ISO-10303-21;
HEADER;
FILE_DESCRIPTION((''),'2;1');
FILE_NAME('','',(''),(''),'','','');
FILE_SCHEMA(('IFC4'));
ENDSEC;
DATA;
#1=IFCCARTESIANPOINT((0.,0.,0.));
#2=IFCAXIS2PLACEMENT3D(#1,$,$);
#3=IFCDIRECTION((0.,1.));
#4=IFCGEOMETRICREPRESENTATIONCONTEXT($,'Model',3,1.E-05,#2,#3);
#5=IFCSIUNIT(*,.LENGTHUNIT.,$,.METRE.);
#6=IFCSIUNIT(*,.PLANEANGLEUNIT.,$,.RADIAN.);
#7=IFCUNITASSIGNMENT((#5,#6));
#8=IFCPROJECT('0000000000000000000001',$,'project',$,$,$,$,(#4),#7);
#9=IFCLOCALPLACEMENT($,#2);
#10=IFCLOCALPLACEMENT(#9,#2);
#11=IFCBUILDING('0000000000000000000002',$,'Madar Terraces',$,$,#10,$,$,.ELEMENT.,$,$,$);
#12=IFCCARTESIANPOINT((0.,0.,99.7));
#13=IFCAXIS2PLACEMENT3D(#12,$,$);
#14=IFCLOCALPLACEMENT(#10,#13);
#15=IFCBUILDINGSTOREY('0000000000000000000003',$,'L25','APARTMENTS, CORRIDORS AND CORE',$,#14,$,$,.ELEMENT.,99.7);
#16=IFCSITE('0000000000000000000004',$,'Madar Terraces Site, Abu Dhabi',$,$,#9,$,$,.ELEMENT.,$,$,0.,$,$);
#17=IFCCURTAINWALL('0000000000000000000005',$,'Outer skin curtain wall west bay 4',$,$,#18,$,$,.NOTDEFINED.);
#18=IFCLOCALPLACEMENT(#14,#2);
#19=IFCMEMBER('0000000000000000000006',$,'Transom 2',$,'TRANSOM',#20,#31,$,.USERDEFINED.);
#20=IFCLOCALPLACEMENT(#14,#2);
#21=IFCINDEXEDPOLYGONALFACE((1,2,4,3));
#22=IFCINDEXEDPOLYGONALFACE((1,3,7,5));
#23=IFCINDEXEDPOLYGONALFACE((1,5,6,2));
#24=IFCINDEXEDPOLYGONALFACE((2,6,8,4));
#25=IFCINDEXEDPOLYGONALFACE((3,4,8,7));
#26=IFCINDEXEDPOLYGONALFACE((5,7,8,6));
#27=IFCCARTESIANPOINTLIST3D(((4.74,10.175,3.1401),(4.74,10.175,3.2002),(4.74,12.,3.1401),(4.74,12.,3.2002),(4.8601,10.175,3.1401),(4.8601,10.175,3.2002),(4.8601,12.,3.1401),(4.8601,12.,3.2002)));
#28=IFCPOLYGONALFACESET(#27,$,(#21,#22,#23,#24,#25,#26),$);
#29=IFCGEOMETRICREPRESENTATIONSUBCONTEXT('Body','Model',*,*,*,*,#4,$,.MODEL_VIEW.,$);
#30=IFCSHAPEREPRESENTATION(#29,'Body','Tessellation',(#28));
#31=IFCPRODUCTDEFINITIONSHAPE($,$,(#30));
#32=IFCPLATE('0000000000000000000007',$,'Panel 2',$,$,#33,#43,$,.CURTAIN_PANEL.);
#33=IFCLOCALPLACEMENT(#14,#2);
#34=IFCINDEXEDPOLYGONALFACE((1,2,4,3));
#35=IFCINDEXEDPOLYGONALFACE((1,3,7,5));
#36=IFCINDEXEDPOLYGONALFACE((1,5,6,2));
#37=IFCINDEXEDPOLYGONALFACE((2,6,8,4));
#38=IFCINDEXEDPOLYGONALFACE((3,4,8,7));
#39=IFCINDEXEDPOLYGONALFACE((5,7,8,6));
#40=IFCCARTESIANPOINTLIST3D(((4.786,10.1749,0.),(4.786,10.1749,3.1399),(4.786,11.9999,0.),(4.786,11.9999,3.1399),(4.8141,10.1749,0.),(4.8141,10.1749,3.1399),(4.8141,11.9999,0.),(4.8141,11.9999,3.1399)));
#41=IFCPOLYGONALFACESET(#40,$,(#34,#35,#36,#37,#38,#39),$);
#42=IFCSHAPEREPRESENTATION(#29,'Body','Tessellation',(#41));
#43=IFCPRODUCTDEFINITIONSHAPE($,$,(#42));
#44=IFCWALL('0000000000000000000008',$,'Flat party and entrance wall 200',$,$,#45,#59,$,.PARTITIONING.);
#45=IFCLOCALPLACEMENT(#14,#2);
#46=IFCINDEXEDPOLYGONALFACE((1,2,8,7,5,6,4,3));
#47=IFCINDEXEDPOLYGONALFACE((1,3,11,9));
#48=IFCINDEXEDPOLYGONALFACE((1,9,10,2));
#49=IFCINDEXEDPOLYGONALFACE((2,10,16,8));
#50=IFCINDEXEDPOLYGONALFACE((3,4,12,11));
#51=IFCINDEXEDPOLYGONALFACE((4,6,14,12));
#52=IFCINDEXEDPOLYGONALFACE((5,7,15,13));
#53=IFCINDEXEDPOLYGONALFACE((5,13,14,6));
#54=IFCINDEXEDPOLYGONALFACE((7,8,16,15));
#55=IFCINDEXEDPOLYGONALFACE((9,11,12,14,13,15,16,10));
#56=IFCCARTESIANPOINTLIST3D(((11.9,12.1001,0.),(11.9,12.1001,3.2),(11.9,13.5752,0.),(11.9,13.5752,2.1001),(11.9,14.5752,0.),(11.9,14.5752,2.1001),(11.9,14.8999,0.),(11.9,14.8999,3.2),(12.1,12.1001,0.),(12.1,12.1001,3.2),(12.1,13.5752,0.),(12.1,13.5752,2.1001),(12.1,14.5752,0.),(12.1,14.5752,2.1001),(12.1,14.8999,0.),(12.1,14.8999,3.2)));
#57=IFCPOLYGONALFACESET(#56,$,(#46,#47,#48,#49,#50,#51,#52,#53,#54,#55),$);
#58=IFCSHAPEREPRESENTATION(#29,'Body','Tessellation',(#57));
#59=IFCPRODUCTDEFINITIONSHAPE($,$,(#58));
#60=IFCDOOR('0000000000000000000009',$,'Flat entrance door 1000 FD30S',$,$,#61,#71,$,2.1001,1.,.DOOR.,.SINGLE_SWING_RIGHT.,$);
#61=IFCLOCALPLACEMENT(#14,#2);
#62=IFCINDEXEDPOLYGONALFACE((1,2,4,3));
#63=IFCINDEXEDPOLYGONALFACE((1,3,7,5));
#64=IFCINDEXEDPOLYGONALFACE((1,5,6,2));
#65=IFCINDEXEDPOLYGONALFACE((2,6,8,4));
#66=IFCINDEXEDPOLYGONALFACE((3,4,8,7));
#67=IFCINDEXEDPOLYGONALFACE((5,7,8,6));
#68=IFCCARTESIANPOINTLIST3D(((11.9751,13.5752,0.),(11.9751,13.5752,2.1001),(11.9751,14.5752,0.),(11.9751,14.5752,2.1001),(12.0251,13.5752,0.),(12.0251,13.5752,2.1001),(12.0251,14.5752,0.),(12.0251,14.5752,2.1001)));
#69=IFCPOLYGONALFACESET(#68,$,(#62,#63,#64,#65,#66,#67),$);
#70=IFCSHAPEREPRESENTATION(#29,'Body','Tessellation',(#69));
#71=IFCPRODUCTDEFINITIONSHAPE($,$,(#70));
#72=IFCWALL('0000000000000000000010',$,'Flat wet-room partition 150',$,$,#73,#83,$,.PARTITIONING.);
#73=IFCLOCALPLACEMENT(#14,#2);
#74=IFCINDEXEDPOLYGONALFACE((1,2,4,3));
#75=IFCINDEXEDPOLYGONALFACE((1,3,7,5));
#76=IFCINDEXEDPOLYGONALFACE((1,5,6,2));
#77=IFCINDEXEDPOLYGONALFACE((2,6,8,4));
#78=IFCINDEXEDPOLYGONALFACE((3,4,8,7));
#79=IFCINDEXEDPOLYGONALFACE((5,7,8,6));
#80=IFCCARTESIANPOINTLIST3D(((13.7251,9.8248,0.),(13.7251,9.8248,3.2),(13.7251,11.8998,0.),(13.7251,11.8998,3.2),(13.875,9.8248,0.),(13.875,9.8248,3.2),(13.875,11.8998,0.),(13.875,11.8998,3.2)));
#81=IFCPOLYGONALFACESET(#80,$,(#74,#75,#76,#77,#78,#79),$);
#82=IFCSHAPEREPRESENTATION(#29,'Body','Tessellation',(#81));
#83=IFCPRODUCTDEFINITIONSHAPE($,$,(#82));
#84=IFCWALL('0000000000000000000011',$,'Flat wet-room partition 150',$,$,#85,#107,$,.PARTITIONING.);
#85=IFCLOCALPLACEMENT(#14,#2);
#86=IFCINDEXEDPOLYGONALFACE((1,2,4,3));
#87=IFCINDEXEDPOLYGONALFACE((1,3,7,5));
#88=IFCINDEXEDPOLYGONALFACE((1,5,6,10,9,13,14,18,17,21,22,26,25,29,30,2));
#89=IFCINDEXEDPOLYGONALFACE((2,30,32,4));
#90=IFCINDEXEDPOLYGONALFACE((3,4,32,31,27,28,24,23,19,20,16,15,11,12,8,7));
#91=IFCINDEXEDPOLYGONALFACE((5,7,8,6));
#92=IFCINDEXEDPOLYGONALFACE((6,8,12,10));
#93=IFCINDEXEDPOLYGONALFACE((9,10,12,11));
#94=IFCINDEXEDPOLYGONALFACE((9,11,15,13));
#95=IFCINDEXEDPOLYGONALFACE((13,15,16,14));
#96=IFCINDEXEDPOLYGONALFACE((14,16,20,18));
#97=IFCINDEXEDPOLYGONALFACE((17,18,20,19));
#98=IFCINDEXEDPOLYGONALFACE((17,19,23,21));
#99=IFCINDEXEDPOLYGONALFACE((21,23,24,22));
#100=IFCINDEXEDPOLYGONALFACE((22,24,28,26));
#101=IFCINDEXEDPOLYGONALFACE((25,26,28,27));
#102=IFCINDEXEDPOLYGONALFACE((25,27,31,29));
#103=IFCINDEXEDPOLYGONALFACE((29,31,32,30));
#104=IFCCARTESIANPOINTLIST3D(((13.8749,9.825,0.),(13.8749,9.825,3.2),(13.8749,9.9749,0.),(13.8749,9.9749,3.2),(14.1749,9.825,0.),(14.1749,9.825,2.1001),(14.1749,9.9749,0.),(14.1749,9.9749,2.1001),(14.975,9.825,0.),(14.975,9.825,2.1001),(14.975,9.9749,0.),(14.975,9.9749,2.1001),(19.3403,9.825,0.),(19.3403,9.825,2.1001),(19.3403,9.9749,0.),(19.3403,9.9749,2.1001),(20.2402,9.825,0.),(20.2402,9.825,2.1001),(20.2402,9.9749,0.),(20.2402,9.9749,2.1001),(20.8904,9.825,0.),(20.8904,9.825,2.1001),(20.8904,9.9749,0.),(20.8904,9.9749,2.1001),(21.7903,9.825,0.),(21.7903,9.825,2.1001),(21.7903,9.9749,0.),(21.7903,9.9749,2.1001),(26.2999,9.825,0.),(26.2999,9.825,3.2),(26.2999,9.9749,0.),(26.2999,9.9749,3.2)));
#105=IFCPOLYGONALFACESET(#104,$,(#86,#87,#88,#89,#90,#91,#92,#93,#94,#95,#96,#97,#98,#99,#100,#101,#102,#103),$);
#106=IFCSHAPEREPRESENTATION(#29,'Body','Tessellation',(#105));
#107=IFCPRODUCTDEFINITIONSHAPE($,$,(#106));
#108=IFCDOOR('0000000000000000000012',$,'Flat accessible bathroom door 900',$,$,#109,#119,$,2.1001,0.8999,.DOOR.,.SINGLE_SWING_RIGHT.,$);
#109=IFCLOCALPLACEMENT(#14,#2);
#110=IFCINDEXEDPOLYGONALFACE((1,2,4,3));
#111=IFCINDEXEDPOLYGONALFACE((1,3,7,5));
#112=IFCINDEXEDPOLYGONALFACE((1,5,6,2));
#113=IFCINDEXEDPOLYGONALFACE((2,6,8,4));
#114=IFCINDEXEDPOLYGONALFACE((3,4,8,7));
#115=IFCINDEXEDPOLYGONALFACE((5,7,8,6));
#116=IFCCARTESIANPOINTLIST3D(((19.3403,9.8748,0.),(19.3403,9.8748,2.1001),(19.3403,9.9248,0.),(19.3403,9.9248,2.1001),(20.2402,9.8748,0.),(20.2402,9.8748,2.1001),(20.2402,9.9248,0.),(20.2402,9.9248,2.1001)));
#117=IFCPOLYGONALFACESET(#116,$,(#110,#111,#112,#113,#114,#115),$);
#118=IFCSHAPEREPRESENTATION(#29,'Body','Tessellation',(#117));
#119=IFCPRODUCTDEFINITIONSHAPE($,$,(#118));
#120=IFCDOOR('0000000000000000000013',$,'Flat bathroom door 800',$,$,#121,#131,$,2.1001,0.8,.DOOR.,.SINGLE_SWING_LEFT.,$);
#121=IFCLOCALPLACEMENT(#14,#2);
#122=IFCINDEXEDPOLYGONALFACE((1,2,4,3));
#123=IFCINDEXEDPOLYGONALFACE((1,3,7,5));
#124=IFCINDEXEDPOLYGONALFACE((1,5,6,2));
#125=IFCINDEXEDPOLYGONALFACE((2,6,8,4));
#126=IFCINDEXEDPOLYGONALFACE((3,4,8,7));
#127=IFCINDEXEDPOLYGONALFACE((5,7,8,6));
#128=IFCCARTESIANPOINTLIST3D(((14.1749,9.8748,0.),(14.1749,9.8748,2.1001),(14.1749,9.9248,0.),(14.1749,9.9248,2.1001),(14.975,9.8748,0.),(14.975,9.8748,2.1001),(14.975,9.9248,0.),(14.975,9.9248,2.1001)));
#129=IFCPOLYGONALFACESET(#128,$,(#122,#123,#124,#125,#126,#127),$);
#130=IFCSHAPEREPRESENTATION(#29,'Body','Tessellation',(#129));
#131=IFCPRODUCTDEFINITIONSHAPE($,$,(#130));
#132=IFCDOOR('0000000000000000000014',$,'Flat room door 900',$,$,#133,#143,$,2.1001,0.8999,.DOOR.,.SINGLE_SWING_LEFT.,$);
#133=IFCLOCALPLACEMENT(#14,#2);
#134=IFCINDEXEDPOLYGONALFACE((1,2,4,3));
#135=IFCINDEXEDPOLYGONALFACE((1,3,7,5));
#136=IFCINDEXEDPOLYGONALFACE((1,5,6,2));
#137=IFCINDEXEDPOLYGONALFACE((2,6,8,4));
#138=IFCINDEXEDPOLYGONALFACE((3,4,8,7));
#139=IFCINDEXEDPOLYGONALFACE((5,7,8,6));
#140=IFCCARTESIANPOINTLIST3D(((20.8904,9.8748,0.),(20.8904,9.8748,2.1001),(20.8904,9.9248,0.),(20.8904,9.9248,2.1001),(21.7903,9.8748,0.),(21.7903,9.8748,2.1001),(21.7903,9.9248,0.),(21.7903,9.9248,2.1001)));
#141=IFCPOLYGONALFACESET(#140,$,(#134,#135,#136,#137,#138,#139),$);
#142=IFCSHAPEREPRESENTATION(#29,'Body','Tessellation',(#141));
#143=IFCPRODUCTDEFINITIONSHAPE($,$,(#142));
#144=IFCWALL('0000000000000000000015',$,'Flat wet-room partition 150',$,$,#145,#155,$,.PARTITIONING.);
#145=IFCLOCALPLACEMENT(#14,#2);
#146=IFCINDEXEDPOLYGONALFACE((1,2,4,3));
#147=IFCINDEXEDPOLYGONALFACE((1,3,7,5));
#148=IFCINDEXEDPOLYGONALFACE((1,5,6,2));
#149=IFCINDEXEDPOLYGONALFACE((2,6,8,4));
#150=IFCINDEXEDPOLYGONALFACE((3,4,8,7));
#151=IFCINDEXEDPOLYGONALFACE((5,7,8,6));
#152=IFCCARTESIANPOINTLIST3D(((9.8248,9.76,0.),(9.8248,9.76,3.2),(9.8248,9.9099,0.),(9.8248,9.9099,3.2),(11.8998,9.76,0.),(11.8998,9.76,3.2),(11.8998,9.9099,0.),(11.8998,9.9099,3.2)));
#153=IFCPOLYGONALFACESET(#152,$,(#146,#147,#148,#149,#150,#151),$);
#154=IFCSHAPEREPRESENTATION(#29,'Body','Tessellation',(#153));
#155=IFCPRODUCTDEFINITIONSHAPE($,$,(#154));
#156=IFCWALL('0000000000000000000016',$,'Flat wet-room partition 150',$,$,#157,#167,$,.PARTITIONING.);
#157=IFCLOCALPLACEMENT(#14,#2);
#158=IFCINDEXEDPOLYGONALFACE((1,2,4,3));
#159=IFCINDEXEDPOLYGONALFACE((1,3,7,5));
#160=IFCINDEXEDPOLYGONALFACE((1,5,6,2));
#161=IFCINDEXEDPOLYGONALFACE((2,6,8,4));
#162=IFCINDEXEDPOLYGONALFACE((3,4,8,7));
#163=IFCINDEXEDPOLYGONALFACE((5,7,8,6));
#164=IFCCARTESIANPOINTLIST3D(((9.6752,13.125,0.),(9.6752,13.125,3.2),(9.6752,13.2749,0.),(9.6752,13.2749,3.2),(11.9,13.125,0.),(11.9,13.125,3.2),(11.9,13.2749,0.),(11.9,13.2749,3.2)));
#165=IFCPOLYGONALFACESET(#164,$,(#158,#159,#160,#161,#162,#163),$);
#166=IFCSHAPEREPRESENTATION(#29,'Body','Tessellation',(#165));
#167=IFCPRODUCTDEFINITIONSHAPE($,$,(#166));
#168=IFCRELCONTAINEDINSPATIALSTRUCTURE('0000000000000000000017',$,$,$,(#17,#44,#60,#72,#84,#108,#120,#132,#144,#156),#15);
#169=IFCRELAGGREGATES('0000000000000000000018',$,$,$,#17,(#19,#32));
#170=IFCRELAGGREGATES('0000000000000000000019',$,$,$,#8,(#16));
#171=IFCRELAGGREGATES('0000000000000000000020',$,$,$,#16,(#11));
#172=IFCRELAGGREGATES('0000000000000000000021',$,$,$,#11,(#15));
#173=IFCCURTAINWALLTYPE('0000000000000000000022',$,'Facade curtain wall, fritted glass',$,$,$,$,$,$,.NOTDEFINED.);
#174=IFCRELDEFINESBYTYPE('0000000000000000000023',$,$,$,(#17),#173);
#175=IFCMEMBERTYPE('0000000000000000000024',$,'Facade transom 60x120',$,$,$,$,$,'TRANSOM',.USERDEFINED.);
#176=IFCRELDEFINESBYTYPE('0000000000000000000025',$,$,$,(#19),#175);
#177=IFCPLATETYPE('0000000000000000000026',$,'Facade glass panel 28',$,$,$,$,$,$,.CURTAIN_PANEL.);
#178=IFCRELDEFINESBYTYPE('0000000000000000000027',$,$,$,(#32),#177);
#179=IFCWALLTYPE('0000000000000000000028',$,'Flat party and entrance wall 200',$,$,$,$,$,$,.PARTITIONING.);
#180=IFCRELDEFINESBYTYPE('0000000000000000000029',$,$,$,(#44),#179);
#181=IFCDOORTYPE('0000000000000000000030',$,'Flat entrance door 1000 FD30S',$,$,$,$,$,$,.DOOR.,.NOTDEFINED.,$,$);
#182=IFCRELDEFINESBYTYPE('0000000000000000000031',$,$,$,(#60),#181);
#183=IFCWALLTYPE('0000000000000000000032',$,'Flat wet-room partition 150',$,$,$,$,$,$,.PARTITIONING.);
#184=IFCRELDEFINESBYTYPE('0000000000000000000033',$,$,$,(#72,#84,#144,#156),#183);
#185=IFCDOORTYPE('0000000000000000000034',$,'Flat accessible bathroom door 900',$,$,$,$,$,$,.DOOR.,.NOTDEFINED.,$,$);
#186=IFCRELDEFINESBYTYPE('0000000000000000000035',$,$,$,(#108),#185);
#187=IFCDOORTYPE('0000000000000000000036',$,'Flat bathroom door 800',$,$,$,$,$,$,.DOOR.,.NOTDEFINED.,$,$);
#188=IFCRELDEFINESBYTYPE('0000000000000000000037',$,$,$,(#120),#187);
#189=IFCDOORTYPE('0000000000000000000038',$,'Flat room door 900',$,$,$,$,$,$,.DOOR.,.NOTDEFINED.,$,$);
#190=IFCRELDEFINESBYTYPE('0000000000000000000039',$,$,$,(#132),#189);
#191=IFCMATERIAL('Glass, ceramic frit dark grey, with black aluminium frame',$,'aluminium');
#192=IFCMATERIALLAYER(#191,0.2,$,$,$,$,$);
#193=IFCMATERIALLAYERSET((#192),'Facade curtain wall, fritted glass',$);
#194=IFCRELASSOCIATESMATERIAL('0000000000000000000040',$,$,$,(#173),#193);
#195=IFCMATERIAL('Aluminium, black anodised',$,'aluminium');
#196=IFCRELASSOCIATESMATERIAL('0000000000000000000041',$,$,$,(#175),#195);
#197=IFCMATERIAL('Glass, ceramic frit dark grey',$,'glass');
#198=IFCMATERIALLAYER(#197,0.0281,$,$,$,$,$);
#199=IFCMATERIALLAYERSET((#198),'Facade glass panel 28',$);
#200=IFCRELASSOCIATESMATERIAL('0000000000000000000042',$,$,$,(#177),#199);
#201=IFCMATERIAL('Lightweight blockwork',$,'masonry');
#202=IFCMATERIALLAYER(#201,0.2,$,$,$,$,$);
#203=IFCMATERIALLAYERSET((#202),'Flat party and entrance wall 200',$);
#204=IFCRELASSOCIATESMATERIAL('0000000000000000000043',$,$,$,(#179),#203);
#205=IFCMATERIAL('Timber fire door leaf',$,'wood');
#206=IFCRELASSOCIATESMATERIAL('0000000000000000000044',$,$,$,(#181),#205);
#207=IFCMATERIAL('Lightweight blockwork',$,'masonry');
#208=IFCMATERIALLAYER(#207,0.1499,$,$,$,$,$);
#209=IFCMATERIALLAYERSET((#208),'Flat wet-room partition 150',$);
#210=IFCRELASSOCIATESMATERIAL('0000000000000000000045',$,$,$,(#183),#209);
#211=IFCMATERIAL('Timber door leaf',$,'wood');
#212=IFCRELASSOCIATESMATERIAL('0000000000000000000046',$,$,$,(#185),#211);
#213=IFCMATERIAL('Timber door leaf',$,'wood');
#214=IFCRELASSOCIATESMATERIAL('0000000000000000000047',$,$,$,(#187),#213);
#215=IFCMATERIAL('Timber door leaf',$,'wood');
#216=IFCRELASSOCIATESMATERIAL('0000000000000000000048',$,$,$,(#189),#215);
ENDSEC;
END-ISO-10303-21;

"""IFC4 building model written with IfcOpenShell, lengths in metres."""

from ifc_helpers import new_model, si_unit, direction, frame, frame_2d, origin, origin_2d, place, context, subcontext, project, spatial, rectangle, extrude, material, layer, layer_set, material_profile, profile_set, type_object, element, fill, aggregate, save


model = new_model("IFC4")

# Units and contexts
model_context = context("Model", 3, precision=1e-05, world=origin(), true_north=direction((0.0, 1.0)))
body_context = subcontext(model_context, "Body", "Model", "MODEL_VIEW")
ifc_project = project(units=[si_unit("LENGTHUNIT", "METRE"), si_unit("PLANEANGLEUNIT", "RADIAN")], contexts=[model_context])

# Site, building, storey
site_placement = place(None, origin())
site = spatial("IfcSite", under=ifc_project, at=site_placement, Name="Madar Terraces Site, Abu Dhabi", CompositionType="ELEMENT", RefElevation=0.0)
building_placement = place(site_placement, origin())
building = spatial("IfcBuilding", under=site, at=building_placement, Name="Madar Terraces", CompositionType="ELEMENT")
storey_placement = place(building_placement, frame((0.0, 0.0, 99.7)))
storey = spatial("IfcBuildingStorey", under=building, at=storey_placement, Name="L25", Description="APARTMENTS, CORRIDORS AND CORE", CompositionType="ELEMENT", Elevation=99.7)

# Curtain wall, member, plate
ifc_material_1 = material(Name="Glass, ceramic frit dark grey, with black aluminium frame", Category="aluminium")
ifc_layer_1 = layer(ifc_material_1, 0.2)
ifc_layer_set_1 = layer_set([ifc_layer_1], Name="Facade curtain wall, fritted glass")
curtain_wall_type = type_object("IfcCurtainWallType", Name="Facade curtain wall, fritted glass", PredefinedType="NOTDEFINED", material=ifc_layer_set_1)
curtain_wall_placement = place(storey_placement, origin())
curtain_wall = element("IfcCurtainWall", 1, at=curtain_wall_placement, inside=storey, type_object=curtain_wall_type, Name="Outer skin curtain wall west bay 4", PredefinedType="NOTDEFINED")
ifc_material_2 = material(Name="Aluminium, black anodised", Category="aluminium")
ifc_material_profile = material_profile(ifc_material_2, rectangle(XDim=0.1201, YDim=0.0601, at=origin_2d()), Name="Facade transom 60x120")
ifc_profile_set = profile_set([ifc_material_profile], Name="Aluminium, black anodised")
member_type = type_object("IfcMemberType", Name="Facade transom 60x120", ElementType="TRANSOM", PredefinedType="USERDEFINED", material=ifc_profile_set)
member_placement = place(storey_placement, frame((4.8, 12.0, 3.1702), z_axis=(0.0, -1.0, 0.0), x_axis=(1.0, 0.0, 0.0)))
member = element("IfcMember", 2, at=member_placement, type_object=member_type, Name="Transom 2", ObjectType="TRANSOM", PredefinedType="USERDEFINED", context=body_context, shape_type="SweptSolid", body=[
    extrude(rectangle(XDim=0.1201, YDim=0.0601, at=origin_2d()), origin(), (0.0, 0.0, 1.0), 1.825),
])
ifc_material_3 = material(Name="Glass, ceramic frit dark grey", Category="glass")
ifc_layer_2 = layer(ifc_material_3, 0.0281)
ifc_layer_set_2 = layer_set([ifc_layer_2], Name="Facade glass panel 28")
plate_type = type_object("IfcPlateType", Name="Facade glass panel 28", PredefinedType="CURTAIN_PANEL", material=ifc_layer_set_2)
plate_placement = place(storey_placement, frame((4.8, 11.0874, 0.0), z_axis=(0.0, 0.0, 1.0), x_axis=(0.0, -1.0, 0.0)))
plate = element("IfcPlate", 3, at=plate_placement, type_object=plate_type, Name="Panel 2", PredefinedType="CURTAIN_PANEL", context=body_context, shape_type="SweptSolid", body=[
    extrude(rectangle(XDim=1.825, YDim=0.0281, at=origin_2d()), origin(), (0.0, 0.0, 1.0), 3.1399),
])
aggregate(curtain_wall, [member, plate])

# Wall, opening, door
ifc_material_4 = material(Name="Lightweight blockwork", Category="masonry")
ifc_layer_3 = layer(ifc_material_4, 0.2)
ifc_layer_set_3 = layer_set([ifc_layer_3], Name="Flat party and entrance wall 200")
wall_type_1 = type_object("IfcWallType", Name="Flat party and entrance wall 200", PredefinedType="PARTITIONING", material=ifc_layer_set_3)
wall_1_placement = place(storey_placement, frame((12.0, 12.1001, 0.0), z_axis=(0.0, 0.0, 1.0), x_axis=(0.0, 1.0, 0.0)))
wall_1 = element("IfcWall", 4, at=wall_1_placement, inside=storey, type_object=wall_type_1, Name="Flat party and entrance wall 200", PredefinedType="PARTITIONING", context=body_context, shape_type="SweptSolid", body=[
    extrude(rectangle(XDim=2.7998, YDim=0.2, at=frame_2d((1.3999, 0.0))), origin(), (0.0, 0.0, 1.0), 3.2),
])
opening_1_placement = place(wall_1_placement, frame((1.4751, 0.0, 0.0)))
opening_1 = element("IfcOpeningElement", 5, at=opening_1_placement, cuts=wall_1, PredefinedType="OPENING", context=body_context, shape_type="SweptSolid", body=[
    extrude(rectangle(XDim=1.0, YDim=2.1001, at=frame_2d((0.5, 1.05))), frame((0.0, 0.1099, 0.0), z_axis=(0.0, -1.0, 0.0), x_axis=(1.0, 0.0, 0.0)), (0.0, 0.0, 1.0), 0.22),
])
ifc_material_5 = material(Name="Timber fire door leaf", Category="wood")
door_type_1 = type_object("IfcDoorType", Name="Flat entrance door 1000 FD30S", OperationType="NOTDEFINED", PredefinedType="DOOR", material=ifc_material_5)
door_1_placement = place(opening_1_placement, origin())
door_1 = element("IfcDoor", 6, at=door_1_placement, inside=storey, type_object=door_type_1, Name="Flat entrance door 1000 FD30S", OperationType="SINGLE_SWING_RIGHT", OverallHeight=2.1001, OverallWidth=1.0, PredefinedType="DOOR", context=body_context, shape_type="SweptSolid", body=[
    extrude(rectangle(XDim=1.0, YDim=2.1001, at=frame_2d((0.5, 1.05))), frame((0.0, 0.0249, 0.0), z_axis=(0.0, -1.0, 0.0), x_axis=(1.0, 0.0, 0.0)), (0.0, 0.0, 1.0), 0.05),
])
fill(opening_1, door_1)

# Wall
ifc_material_6 = material(Name="Lightweight blockwork", Category="masonry")
ifc_layer_4 = layer(ifc_material_6, 0.1499)
ifc_layer_set_4 = layer_set([ifc_layer_4], Name="Flat wet-room partition 150")
wall_type_2 = type_object("IfcWallType", Name="Flat wet-room partition 150", PredefinedType="PARTITIONING", material=ifc_layer_set_4)
wall_2_placement = place(storey_placement, frame((13.8, 11.8999, 0.0), z_axis=(0.0, 0.0, 1.0), x_axis=(0.0, -1.0, 0.0)))
element("IfcWall", 7, at=wall_2_placement, inside=storey, type_object=wall_type_2, Name="Flat wet-room partition 150", PredefinedType="PARTITIONING", context=body_context, shape_type="SweptSolid", body=[
    extrude(rectangle(XDim=2.075, YDim=0.1499, at=frame_2d((1.0376, 0.0))), origin(), (0.0, 0.0, 1.0), 3.2),
])

# Wall, openings, doors
wall_3_placement = place(storey_placement, frame((13.875, 9.8999, 0.0), z_axis=(0.0, 0.0, 1.0), x_axis=(1.0, 0.0, 0.0)))
wall_3 = element("IfcWall", 8, at=wall_3_placement, inside=storey, type_object=wall_type_2, Name="Flat wet-room partition 150", PredefinedType="PARTITIONING", context=body_context, shape_type="SweptSolid", body=[
    extrude(rectangle(XDim=12.425, YDim=0.1499, at=frame_2d((6.2124, 0.0))), origin(), (0.0, 0.0, 1.0), 3.2),
])
opening_2_placement = place(wall_3_placement, frame((0.3, 0.0, 0.0)))
opening_2 = element("IfcOpeningElement", 9, at=opening_2_placement, cuts=wall_3, PredefinedType="OPENING", context=body_context, shape_type="SweptSolid", body=[
    extrude(rectangle(XDim=0.8, YDim=2.1001, at=frame_2d((0.3999, 1.05))), frame((0.0, 0.085, 0.0), z_axis=(0.0, -1.0, 0.0), x_axis=(1.0, 0.0, 0.0)), (0.0, 0.0, 1.0), 0.1699),
])
opening_3_placement = place(wall_3_placement, frame((5.4653, 0.0, 0.0)))
opening_3 = element("IfcOpeningElement", 10, at=opening_3_placement, cuts=wall_3, PredefinedType="OPENING", context=body_context, shape_type="SweptSolid", body=[
    extrude(rectangle(XDim=0.8999, YDim=2.1001, at=frame_2d((0.45, 1.05))), frame((0.0, 0.085, 0.0), z_axis=(0.0, -1.0, 0.0), x_axis=(1.0, 0.0, 0.0)), (0.0, 0.0, 1.0), 0.1699),
])
opening_4_placement = place(wall_3_placement, frame((7.0154, 0.0, 0.0)))
opening_4 = element("IfcOpeningElement", 11, at=opening_4_placement, cuts=wall_3, PredefinedType="OPENING", context=body_context, shape_type="SweptSolid", body=[
    extrude(rectangle(XDim=0.8999, YDim=2.1001, at=frame_2d((0.45, 1.05))), frame((0.0, 0.085, 0.0), z_axis=(0.0, -1.0, 0.0), x_axis=(1.0, 0.0, 0.0)), (0.0, 0.0, 1.0), 0.1699),
])
ifc_material_7 = material(Name="Timber door leaf", Category="wood")
door_type_2 = type_object("IfcDoorType", Name="Flat accessible bathroom door 900", OperationType="NOTDEFINED", PredefinedType="DOOR", material=ifc_material_7)
door_2_placement = place(opening_3_placement, origin())
door_2 = element("IfcDoor", 12, at=door_2_placement, inside=storey, type_object=door_type_2, Name="Flat accessible bathroom door 900", OperationType="SINGLE_SWING_RIGHT", OverallHeight=2.1001, OverallWidth=0.8999, PredefinedType="DOOR", context=body_context, shape_type="SweptSolid", body=[
    extrude(rectangle(XDim=0.8999, YDim=2.1001, at=frame_2d((0.45, 1.05))), frame((0.0, 0.0249, 0.0), z_axis=(0.0, -1.0, 0.0), x_axis=(1.0, 0.0, 0.0)), (0.0, 0.0, 1.0), 0.05),
])
fill(opening_3, door_2)
ifc_material_8 = material(Name="Timber door leaf", Category="wood")
door_type_3 = type_object("IfcDoorType", Name="Flat bathroom door 800", OperationType="NOTDEFINED", PredefinedType="DOOR", material=ifc_material_8)
door_3_placement = place(opening_2_placement, origin())
door_3 = element("IfcDoor", 13, at=door_3_placement, inside=storey, type_object=door_type_3, Name="Flat bathroom door 800", OperationType="SINGLE_SWING_LEFT", OverallHeight=2.1001, OverallWidth=0.8, PredefinedType="DOOR", context=body_context, shape_type="SweptSolid", body=[
    extrude(rectangle(XDim=0.8, YDim=2.1001, at=frame_2d((0.3999, 1.05))), frame((0.0, 0.0249, 0.0), z_axis=(0.0, -1.0, 0.0), x_axis=(1.0, 0.0, 0.0)), (0.0, 0.0, 1.0), 0.05),
])
fill(opening_2, door_3)
ifc_material_9 = material(Name="Timber door leaf", Category="wood")
door_type_4 = type_object("IfcDoorType", Name="Flat room door 900", OperationType="NOTDEFINED", PredefinedType="DOOR", material=ifc_material_9)
door_4_placement = place(opening_4_placement, origin())
door_4 = element("IfcDoor", 14, at=door_4_placement, inside=storey, type_object=door_type_4, Name="Flat room door 900", OperationType="SINGLE_SWING_LEFT", OverallHeight=2.1001, OverallWidth=0.8999, PredefinedType="DOOR", context=body_context, shape_type="SweptSolid", body=[
    extrude(rectangle(XDim=0.8999, YDim=2.1001, at=frame_2d((0.45, 1.05))), frame((0.0, 0.0249, 0.0), z_axis=(0.0, -1.0, 0.0), x_axis=(1.0, 0.0, 0.0)), (0.0, 0.0, 1.0), 0.05),
])
fill(opening_4, door_4)

# Walls
wall_4_placement = place(storey_placement, frame((11.8999, 9.835, 0.0), z_axis=(0.0, 0.0, 1.0), x_axis=(-1.0, 0.0, 0.0)))
element("IfcWall", 15, at=wall_4_placement, inside=storey, type_object=wall_type_2, Name="Flat wet-room partition 150", PredefinedType="PARTITIONING", context=body_context, shape_type="SweptSolid", body=[
    extrude(rectangle(XDim=2.075, YDim=0.1499, at=frame_2d((1.0376, 0.0))), origin(), (0.0, 0.0, 1.0), 3.2),
])
wall_5_placement = place(storey_placement, frame((11.8999, 13.2, 0.0), z_axis=(0.0, 0.0, 1.0), x_axis=(-1.0, 0.0, 0.0)))
element("IfcWall", 16, at=wall_5_placement, inside=storey, type_object=wall_type_2, Name="Flat wet-room partition 150", PredefinedType="PARTITIONING", context=body_context, shape_type="SweptSolid", body=[
    extrude(rectangle(XDim=2.2249, YDim=0.1499, at=frame_2d((1.1123, 0.0))), origin(), (0.0, 0.0, 1.0), 3.2),
])

save(model, "model.ifc")
